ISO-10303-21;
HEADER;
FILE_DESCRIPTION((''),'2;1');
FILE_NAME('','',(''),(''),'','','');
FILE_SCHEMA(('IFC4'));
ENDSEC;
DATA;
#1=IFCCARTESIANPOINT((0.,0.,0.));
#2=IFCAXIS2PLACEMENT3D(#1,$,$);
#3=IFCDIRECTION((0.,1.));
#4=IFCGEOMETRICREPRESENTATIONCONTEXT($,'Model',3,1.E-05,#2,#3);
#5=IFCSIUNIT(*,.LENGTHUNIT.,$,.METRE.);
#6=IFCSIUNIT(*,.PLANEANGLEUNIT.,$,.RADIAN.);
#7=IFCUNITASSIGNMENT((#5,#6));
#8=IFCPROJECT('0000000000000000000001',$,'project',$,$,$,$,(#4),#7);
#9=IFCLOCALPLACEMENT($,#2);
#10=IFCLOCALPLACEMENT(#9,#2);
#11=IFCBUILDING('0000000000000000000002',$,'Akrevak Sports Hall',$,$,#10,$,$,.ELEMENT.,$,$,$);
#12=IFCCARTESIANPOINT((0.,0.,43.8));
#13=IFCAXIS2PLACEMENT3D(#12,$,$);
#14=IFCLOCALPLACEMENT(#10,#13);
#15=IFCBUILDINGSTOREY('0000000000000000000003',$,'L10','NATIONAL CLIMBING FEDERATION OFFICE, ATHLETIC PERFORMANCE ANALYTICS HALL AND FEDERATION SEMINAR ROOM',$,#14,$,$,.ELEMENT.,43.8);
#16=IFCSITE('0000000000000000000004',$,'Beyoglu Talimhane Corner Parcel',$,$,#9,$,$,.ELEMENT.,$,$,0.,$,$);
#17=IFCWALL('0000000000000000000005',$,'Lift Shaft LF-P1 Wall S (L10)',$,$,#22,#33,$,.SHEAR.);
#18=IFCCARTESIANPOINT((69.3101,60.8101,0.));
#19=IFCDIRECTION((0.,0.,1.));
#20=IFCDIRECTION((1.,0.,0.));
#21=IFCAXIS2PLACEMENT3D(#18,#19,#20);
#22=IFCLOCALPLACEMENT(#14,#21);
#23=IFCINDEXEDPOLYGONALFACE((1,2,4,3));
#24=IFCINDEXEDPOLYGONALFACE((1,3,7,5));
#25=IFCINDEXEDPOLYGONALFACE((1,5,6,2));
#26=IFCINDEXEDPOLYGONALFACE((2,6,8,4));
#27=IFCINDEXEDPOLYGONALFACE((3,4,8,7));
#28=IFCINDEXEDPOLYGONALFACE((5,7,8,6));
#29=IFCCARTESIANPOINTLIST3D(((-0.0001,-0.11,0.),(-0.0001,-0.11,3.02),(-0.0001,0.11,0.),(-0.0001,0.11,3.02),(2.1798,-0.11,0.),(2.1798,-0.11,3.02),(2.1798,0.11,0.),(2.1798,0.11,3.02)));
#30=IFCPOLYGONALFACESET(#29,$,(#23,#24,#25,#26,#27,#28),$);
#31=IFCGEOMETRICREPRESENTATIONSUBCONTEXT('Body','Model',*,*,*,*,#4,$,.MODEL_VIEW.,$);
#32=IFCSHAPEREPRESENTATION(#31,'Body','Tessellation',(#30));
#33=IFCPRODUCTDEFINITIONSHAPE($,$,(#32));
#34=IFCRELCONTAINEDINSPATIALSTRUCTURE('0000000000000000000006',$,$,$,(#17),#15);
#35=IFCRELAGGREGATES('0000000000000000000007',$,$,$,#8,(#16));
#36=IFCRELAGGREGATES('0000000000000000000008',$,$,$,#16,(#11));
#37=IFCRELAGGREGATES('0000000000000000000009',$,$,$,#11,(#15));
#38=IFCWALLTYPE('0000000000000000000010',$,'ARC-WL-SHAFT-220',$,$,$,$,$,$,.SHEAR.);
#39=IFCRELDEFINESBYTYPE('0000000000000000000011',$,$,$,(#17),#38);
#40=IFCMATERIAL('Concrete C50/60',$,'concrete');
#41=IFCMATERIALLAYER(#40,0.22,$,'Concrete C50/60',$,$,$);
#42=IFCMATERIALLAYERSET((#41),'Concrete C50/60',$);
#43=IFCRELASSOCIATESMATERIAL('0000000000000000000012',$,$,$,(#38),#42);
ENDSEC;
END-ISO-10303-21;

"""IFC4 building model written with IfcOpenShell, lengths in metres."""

from ifc_helpers import new_model, si_unit, direction, frame, frame_2d, origin, place, context, subcontext, project, spatial, rectangle, extrude, material, layer, layer_set, type_object, element, save


model = new_model("IFC4")

# Units and contexts
model_context = context("Model", 3, precision=1e-05, world=origin(), true_north=direction((0.0, 1.0)))
body_context = subcontext(model_context, "Body", "Model", "MODEL_VIEW")
ifc_project = project(units=[si_unit("LENGTHUNIT", "METRE"), si_unit("PLANEANGLEUNIT", "RADIAN")], contexts=[model_context])

# Site, building, storey
site_placement = place(None, origin())
site = spatial("IfcSite", under=ifc_project, at=site_placement, Name="Beyoglu Talimhane Corner Parcel", CompositionType="ELEMENT", RefElevation=0.0)
building_placement = place(site_placement, origin())
building = spatial("IfcBuilding", under=site, at=building_placement, Name="Akrevak Sports Hall", CompositionType="ELEMENT")
storey_placement = place(building_placement, frame((0.0, 0.0, 43.8)))
storey = spatial("IfcBuildingStorey", under=building, at=storey_placement, Name="L10", Description="NATIONAL CLIMBING FEDERATION OFFICE, ATHLETIC PERFORMANCE ANALYTICS HALL AND FEDERATION SEMINAR ROOM", CompositionType="ELEMENT", Elevation=43.8)

# Wall
ifc_material_1 = material(Name="Concrete C50/60", Category="concrete")
ifc_layer_1 = layer(ifc_material_1, 0.22, Name="Concrete C50/60")
ifc_layer_set_1 = layer_set([ifc_layer_1], Name="Concrete C50/60")
wall_type_1 = type_object("IfcWallType", Name="ARC-WL-SHAFT-220", PredefinedType="SHEAR", material=ifc_layer_set_1)
wall_1_placement = place(storey_placement, frame((69.3101, 60.8101, 0.0), z_axis=(0.0, 0.0, 1.0), x_axis=(1.0, 0.0, 0.0)))
element("IfcWall", 1, at=wall_1_placement, inside=storey, type_object=wall_type_1, Name="Lift Shaft LF-P1 Wall S (L10)", PredefinedType="SHEAR", context=body_context, shape_type="SweptSolid", body=[
    extrude(rectangle(XDim=2.1799, YDim=0.22, at=frame_2d((1.0898, 0.0))), origin(), (0.0, 0.0, 1.0), 3.02),
])

save(model, "model.ifc")
